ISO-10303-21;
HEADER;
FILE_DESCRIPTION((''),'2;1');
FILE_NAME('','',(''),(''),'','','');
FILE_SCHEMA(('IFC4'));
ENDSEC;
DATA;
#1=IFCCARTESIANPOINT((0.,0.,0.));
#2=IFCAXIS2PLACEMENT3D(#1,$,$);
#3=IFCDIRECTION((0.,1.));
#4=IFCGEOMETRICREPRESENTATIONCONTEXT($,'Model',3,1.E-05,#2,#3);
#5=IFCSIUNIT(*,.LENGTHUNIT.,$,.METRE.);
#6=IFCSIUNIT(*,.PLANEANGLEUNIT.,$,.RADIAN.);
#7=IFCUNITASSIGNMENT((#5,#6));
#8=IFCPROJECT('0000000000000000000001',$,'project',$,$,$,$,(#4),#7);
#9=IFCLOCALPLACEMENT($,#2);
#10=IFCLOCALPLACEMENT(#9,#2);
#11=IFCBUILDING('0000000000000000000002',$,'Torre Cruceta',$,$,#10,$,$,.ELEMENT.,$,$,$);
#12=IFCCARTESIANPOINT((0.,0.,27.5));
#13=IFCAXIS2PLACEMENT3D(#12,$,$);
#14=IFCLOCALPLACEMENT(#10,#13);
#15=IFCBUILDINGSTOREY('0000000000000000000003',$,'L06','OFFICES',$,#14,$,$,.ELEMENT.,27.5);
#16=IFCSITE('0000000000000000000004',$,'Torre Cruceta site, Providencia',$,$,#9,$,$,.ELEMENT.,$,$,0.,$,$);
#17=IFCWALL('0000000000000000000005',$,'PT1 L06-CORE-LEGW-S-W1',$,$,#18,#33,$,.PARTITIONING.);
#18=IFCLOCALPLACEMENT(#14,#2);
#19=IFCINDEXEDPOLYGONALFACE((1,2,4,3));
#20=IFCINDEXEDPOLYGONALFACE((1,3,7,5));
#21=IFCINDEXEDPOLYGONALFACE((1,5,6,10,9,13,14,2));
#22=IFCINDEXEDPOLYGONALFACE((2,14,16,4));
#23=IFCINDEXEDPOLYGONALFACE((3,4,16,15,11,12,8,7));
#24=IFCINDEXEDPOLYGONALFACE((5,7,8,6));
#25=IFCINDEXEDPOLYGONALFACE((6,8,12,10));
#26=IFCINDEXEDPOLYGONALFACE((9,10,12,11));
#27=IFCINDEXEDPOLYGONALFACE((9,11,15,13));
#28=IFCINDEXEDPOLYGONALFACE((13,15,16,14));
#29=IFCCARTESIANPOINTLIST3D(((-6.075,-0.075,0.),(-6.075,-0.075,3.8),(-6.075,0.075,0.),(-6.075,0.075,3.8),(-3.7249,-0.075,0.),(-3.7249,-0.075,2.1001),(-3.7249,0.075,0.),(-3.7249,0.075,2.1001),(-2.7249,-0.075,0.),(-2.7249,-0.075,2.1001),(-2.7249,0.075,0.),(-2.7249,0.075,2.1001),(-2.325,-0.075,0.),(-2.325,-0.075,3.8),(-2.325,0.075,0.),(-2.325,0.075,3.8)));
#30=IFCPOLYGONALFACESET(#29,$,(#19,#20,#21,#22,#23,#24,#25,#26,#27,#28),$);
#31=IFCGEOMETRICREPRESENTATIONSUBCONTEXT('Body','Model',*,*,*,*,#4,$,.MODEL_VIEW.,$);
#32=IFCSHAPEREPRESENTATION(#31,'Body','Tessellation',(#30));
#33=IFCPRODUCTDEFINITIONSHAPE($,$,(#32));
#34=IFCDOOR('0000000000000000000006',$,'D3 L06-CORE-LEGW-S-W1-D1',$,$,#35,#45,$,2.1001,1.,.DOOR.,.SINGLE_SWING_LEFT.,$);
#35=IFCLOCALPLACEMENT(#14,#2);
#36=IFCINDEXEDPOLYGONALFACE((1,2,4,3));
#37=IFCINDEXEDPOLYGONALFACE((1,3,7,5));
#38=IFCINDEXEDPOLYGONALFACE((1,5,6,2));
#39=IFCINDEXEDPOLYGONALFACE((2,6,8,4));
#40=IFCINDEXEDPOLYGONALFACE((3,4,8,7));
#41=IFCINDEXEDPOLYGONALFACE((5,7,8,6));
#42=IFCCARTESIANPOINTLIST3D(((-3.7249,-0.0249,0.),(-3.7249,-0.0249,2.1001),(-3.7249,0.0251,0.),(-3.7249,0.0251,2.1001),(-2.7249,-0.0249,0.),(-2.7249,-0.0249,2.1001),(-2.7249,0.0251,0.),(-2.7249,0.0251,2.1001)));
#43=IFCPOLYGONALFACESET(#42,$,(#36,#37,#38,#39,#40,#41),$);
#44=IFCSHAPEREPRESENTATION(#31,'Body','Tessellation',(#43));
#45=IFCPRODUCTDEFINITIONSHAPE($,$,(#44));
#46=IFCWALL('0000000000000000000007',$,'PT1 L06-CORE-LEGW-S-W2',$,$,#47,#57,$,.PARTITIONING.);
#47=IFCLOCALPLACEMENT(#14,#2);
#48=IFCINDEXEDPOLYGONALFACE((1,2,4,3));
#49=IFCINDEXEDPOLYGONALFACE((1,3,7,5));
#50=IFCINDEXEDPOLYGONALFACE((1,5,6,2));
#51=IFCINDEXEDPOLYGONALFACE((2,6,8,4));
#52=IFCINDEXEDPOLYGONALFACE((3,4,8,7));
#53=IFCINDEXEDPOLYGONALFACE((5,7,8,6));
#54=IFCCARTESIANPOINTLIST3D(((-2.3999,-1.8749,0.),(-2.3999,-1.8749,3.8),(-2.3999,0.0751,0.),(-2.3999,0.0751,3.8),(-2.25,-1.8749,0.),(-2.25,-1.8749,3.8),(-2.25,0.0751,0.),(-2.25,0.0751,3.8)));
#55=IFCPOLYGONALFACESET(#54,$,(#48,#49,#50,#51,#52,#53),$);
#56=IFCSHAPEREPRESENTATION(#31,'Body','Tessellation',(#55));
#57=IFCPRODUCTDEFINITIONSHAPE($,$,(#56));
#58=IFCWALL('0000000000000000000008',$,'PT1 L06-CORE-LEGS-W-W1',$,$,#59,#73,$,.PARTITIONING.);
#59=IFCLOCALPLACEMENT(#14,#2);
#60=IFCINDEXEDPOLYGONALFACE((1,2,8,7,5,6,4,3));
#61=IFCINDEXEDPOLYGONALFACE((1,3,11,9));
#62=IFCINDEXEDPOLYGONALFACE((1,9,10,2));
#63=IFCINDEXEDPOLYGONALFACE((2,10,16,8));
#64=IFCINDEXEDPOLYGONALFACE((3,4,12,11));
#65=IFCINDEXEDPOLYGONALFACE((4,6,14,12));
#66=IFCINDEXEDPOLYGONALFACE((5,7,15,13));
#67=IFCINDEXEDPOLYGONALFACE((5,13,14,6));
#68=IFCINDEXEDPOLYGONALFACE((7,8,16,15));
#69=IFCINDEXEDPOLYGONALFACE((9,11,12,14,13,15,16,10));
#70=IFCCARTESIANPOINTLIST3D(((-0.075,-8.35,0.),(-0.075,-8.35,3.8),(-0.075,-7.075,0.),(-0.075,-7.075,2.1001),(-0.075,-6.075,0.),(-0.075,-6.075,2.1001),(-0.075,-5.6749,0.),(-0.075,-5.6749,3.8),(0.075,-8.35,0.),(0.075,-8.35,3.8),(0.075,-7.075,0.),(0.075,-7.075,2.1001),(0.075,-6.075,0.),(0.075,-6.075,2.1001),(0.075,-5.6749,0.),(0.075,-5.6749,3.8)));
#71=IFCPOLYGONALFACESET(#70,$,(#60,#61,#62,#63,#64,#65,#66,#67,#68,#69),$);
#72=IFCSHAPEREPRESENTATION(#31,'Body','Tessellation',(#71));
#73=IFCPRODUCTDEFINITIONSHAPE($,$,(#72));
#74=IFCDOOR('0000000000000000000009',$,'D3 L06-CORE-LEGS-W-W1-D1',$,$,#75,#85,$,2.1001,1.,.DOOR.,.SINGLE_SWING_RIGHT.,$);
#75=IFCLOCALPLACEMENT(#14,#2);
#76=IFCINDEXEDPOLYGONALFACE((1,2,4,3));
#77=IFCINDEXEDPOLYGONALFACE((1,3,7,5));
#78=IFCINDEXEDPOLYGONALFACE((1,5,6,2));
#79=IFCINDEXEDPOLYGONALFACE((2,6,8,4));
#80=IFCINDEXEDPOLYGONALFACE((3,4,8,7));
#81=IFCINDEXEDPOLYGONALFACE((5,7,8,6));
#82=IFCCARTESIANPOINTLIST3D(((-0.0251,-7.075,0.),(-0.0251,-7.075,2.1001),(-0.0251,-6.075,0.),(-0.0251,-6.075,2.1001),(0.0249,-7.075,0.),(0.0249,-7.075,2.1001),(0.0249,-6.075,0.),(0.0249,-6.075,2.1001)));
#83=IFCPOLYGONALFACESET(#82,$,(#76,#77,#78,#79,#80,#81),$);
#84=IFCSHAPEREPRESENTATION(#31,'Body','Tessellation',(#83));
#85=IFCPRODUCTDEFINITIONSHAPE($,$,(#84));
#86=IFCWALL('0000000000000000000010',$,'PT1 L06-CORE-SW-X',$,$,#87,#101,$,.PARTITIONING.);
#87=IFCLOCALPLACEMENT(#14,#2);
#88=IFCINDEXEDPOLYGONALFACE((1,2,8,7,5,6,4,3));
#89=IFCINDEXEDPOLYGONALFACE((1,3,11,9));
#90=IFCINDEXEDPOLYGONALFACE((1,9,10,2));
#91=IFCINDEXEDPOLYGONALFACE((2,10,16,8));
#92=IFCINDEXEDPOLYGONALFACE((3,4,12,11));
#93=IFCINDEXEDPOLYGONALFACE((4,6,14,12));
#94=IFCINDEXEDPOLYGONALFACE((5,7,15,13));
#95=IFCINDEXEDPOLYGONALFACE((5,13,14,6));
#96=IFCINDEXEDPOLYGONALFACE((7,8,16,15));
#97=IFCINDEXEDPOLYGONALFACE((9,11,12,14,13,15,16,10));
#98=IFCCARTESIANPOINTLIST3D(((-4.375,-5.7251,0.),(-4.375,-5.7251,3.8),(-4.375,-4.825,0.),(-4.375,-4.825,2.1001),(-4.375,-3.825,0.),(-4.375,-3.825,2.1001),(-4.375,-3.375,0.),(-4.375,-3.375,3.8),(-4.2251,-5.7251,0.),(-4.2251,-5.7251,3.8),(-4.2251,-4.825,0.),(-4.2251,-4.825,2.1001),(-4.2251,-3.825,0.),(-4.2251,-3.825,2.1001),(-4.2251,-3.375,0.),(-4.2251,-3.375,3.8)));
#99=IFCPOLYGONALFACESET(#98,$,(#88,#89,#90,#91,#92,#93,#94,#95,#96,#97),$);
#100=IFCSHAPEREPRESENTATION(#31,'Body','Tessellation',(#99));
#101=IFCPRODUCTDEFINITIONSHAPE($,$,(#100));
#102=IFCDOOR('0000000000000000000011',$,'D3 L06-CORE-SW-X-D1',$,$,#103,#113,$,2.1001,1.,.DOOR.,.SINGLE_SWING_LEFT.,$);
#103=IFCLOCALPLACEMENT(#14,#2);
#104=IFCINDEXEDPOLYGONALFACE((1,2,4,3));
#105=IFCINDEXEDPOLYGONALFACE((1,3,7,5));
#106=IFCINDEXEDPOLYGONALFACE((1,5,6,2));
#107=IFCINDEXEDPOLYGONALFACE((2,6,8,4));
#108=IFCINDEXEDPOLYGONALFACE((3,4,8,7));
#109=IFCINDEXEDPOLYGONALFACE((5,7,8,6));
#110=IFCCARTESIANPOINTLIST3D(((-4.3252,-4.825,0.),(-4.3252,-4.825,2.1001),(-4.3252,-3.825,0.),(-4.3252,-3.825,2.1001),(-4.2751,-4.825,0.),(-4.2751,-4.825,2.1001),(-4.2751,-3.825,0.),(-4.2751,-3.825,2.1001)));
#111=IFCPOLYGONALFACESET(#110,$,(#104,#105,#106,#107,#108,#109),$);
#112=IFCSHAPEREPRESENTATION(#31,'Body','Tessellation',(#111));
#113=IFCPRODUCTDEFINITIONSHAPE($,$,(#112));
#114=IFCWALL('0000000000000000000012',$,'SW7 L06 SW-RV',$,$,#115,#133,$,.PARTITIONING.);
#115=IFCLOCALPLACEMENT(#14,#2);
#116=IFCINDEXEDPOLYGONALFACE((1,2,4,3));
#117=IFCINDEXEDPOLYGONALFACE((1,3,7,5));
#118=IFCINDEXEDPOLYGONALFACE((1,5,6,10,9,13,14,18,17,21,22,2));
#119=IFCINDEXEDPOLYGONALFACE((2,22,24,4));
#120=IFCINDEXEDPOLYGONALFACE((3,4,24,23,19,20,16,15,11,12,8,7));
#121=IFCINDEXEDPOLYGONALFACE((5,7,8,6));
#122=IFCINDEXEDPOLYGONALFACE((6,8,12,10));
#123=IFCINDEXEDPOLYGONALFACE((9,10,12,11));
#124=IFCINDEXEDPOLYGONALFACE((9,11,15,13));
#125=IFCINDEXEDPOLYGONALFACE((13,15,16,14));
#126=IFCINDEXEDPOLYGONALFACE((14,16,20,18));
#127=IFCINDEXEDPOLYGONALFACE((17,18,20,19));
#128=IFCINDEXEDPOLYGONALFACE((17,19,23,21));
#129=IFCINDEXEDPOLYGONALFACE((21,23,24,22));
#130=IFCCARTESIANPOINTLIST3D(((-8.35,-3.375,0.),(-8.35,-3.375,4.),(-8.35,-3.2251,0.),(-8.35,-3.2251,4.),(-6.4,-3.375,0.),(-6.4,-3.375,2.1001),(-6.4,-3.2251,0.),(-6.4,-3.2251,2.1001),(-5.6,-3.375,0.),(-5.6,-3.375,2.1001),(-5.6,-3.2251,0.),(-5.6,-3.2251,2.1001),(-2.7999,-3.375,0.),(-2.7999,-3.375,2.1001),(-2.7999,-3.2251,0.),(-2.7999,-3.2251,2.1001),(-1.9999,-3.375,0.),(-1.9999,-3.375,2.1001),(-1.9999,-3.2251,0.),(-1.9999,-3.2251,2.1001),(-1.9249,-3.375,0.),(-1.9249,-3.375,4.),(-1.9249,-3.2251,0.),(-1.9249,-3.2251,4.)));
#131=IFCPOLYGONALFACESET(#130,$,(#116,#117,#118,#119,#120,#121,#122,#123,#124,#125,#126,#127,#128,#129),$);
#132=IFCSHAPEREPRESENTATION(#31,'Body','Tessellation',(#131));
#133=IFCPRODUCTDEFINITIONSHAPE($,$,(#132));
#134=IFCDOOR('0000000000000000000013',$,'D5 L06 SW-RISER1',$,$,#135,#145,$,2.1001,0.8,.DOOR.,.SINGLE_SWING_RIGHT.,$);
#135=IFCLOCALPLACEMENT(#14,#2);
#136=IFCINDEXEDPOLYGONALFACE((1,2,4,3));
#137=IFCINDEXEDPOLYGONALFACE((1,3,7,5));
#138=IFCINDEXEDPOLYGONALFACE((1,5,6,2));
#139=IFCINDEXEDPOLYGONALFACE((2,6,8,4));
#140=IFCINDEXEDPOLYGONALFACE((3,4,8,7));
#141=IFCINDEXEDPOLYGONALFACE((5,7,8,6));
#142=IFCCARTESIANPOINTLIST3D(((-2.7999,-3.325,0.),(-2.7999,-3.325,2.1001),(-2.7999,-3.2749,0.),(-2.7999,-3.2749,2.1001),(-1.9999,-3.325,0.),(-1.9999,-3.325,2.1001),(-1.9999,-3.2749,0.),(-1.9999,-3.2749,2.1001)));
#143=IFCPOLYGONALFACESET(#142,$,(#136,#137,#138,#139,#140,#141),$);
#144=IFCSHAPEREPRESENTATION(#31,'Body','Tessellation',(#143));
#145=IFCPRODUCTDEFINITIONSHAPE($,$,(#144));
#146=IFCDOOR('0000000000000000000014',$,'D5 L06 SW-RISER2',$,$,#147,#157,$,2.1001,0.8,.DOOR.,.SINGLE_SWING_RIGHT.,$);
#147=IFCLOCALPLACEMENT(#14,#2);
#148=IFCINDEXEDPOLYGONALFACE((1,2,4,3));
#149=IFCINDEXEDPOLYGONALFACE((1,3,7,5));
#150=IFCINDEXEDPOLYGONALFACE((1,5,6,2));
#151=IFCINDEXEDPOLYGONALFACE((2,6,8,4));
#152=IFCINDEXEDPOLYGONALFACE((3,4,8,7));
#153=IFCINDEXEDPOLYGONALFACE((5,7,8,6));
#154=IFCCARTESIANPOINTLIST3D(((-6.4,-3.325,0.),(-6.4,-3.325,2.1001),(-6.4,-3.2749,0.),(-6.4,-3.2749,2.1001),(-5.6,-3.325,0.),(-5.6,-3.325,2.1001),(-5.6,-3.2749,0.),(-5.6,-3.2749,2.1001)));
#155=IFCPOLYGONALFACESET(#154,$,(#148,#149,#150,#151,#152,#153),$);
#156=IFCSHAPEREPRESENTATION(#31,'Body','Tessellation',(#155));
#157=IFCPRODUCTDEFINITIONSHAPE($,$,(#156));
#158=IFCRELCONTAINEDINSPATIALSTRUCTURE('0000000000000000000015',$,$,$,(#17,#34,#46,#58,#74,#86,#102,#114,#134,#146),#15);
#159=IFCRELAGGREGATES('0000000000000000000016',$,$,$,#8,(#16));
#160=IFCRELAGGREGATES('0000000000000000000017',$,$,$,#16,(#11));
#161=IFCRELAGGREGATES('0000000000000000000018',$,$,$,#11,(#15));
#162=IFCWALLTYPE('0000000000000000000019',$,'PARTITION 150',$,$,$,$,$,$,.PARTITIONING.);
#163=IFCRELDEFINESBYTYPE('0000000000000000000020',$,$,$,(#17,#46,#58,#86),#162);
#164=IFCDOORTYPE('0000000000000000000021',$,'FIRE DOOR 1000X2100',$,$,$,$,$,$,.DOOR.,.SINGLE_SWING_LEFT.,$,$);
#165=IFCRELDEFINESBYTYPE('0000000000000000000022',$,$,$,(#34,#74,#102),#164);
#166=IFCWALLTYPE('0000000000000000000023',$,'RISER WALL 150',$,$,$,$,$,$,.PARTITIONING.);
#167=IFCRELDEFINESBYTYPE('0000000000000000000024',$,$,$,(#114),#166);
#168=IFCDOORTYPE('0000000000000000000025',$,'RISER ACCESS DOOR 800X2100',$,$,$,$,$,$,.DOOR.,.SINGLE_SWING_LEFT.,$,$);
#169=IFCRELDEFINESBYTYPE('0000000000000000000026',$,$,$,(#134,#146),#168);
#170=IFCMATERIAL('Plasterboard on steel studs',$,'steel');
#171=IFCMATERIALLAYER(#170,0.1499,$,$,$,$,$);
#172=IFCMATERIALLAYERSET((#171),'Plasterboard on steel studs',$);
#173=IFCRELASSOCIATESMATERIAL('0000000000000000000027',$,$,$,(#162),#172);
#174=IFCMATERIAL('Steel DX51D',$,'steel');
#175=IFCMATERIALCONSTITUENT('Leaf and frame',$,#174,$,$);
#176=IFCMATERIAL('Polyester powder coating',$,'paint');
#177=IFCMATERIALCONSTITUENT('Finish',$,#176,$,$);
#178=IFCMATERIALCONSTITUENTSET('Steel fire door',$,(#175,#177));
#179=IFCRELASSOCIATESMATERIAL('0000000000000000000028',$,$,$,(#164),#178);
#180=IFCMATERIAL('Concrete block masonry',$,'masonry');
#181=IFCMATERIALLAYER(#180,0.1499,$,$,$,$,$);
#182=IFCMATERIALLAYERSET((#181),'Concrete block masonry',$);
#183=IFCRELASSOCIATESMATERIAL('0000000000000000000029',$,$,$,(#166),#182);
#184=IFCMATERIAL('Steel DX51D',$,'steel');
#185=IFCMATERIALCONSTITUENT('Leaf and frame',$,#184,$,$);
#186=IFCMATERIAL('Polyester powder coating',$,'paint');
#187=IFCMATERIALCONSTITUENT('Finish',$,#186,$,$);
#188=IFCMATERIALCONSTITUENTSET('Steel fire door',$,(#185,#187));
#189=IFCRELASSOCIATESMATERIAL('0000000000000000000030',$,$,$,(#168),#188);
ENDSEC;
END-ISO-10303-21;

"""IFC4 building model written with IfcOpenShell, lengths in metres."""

from ifc_helpers import new_model, si_unit, direction, frame, frame_2d, origin, place, context, subcontext, project, spatial, rectangle, extrude, material, layer, layer_set, constituent, constituent_set, type_object, element, fill, save


model = new_model("IFC4")

# Units and contexts
model_context = context("Model", 3, precision=1e-05, world=origin(), true_north=direction((0.0, 1.0)))
body_context = subcontext(model_context, "Body", "Model", "MODEL_VIEW")
ifc_project = project(units=[si_unit("LENGTHUNIT", "METRE"), si_unit("PLANEANGLEUNIT", "RADIAN")], contexts=[model_context])

# Site, building, storey
site_placement = place(None, origin())
site = spatial("IfcSite", under=ifc_project, at=site_placement, Name="Torre Cruceta site, Providencia", CompositionType="ELEMENT", RefElevation=0.0)
building_placement = place(site_placement, origin())
building = spatial("IfcBuilding", under=site, at=building_placement, Name="Torre Cruceta", CompositionType="ELEMENT")
storey_placement = place(building_placement, frame((0.0, 0.0, 27.5)))
storey = spatial("IfcBuildingStorey", under=building, at=storey_placement, Name="L06", Description="OFFICES", CompositionType="ELEMENT", Elevation=27.5)

# Wall, opening, door
ifc_material_1 = material(Name="Plasterboard on steel studs", Category="steel")
ifc_layer_1 = layer(ifc_material_1, 0.1499)
ifc_layer_set_1 = layer_set([ifc_layer_1], Name="Plasterboard on steel studs")
wall_type_1 = type_object("IfcWallType", Name="PARTITION 150", PredefinedType="PARTITIONING", material=ifc_layer_set_1)
wall_1_placement = place(storey_placement, frame((-2.325, 0.0, 0.0), z_axis=(0.0, 0.0, 1.0), x_axis=(-1.0, 0.0, 0.0)))
wall_1 = element("IfcWall", 1, at=wall_1_placement, inside=storey, type_object=wall_type_1, Name="PT1 L06-CORE-LEGW-S-W1", PredefinedType="PARTITIONING", context=body_context, shape_type="SweptSolid", body=[
    extrude(rectangle(XDim=3.75, YDim=0.1499, at=frame_2d((1.875, 0.0))), origin(), (0.0, 0.0, 1.0), 3.8),
])
opening_1_placement = place(wall_1_placement, frame((0.3999, 0.0, 0.0)))
opening_1 = element("IfcOpeningElement", 2, at=opening_1_placement, cuts=wall_1, PredefinedType="OPENING", context=body_context, shape_type="SweptSolid", body=[
    extrude(rectangle(XDim=1.0, YDim=2.1001, at=frame_2d((0.5, 1.05))), frame((0.0, 0.085, 0.0), z_axis=(0.0, -1.0, 0.0), x_axis=(1.0, 0.0, 0.0)), (0.0, 0.0, 1.0), 0.1699),
])
ifc_material_2 = material(Name="Steel DX51D", Category="steel")
ifc_constituent_1 = constituent(ifc_material_2, Name="Leaf and frame")
ifc_material_3 = material(Name="Polyester powder coating", Category="paint")
ifc_constituent_2 = constituent(ifc_material_3, Name="Finish")
ifc_constituent_set_1 = constituent_set(constituents=[ifc_constituent_1, ifc_constituent_2], Name="Steel fire door")
door_type_1 = type_object("IfcDoorType", Name="FIRE DOOR 1000X2100", OperationType="SINGLE_SWING_LEFT", PredefinedType="DOOR", material=ifc_constituent_set_1)
door_1_placement = place(opening_1_placement, origin())
door_1 = element("IfcDoor", 3, at=door_1_placement, inside=storey, type_object=door_type_1, Name="D3 L06-CORE-LEGW-S-W1-D1", OperationType="SINGLE_SWING_LEFT", OverallHeight=2.1001, OverallWidth=1.0, PredefinedType="DOOR", context=body_context, shape_type="SweptSolid", body=[
    extrude(rectangle(XDim=1.0, YDim=2.1001, at=frame_2d((0.5, 1.05))), frame((0.0, 0.0249, 0.0), z_axis=(0.0, -1.0, 0.0), x_axis=(1.0, 0.0, 0.0)), (0.0, 0.0, 1.0), 0.05),
])
fill(opening_1, door_1)

# Wall
wall_2_placement = place(storey_placement, frame((-2.325, -1.875, 0.0), z_axis=(0.0, 0.0, 1.0), x_axis=(0.0, 1.0, 0.0)))
element("IfcWall", 4, at=wall_2_placement, inside=storey, type_object=wall_type_1, Name="PT1 L06-CORE-LEGW-S-W2", PredefinedType="PARTITIONING", context=body_context, shape_type="SweptSolid", body=[
    extrude(rectangle(XDim=1.95, YDim=0.1499, at=frame_2d((0.9751, 0.0))), origin(), (0.0, 0.0, 1.0), 3.8),
])

# Walls, openings, doors
wall_3_placement = place(storey_placement, frame((0.0, -5.675, 0.0), z_axis=(0.0, 0.0, 1.0), x_axis=(0.0, -1.0, 0.0)))
wall_3 = element("IfcWall", 5, at=wall_3_placement, inside=storey, type_object=wall_type_1, Name="PT1 L06-CORE-LEGS-W-W1", PredefinedType="PARTITIONING", context=body_context, shape_type="SweptSolid", body=[
    extrude(rectangle(XDim=2.675, YDim=0.1499, at=frame_2d((1.3374, 0.0))), origin(), (0.0, 0.0, 1.0), 3.8),
])
opening_2_placement = place(wall_3_placement, frame((0.3999, 0.0, 0.0)))
opening_2 = element("IfcOpeningElement", 6, at=opening_2_placement, cuts=wall_3, PredefinedType="OPENING", context=body_context, shape_type="SweptSolid", body=[
    extrude(rectangle(XDim=1.0, YDim=2.1001, at=frame_2d((0.5, 1.05))), frame((0.0, 0.085, 0.0), z_axis=(0.0, -1.0, 0.0), x_axis=(1.0, 0.0, 0.0)), (0.0, 0.0, 1.0), 0.1699),
])
door_2_placement = place(opening_2_placement, frame((1.0, 0.0, 0.0), z_axis=(0.0, 0.0, 1.0), x_axis=(-1.0, 0.0, 0.0)))
door_2 = element("IfcDoor", 7, at=door_2_placement, inside=storey, type_object=door_type_1, Name="D3 L06-CORE-LEGS-W-W1-D1", OperationType="SINGLE_SWING_RIGHT", OverallHeight=2.1001, OverallWidth=1.0, PredefinedType="DOOR", context=body_context, shape_type="SweptSolid", body=[
    extrude(rectangle(XDim=1.0, YDim=2.1001, at=frame_2d((0.5, 1.05))), frame((0.0, 0.0251, 0.0), z_axis=(0.0, -1.0, 0.0), x_axis=(1.0, 0.0, 0.0)), (0.0, 0.0, 1.0), 0.05),
])
fill(opening_2, door_2)
wall_4_placement = place(storey_placement, frame((-4.3, -3.375, 0.0), z_axis=(0.0, 0.0, 1.0), x_axis=(0.0, -1.0, 0.0)))
wall_4 = element("IfcWall", 8, at=wall_4_placement, inside=storey, type_object=wall_type_1, Name="PT1 L06-CORE-SW-X", PredefinedType="PARTITIONING", context=body_context, shape_type="SweptSolid", body=[
    extrude(rectangle(XDim=2.3501, YDim=0.1499, at=frame_2d((1.175, 0.0))), origin(), (0.0, 0.0, 1.0), 3.8),
])
opening_3_placement = place(wall_4_placement, frame((0.45, 0.0, 0.0)))
opening_3 = element("IfcOpeningElement", 9, at=opening_3_placement, cuts=wall_4, PredefinedType="OPENING", context=body_context, shape_type="SweptSolid", body=[
    extrude(rectangle(XDim=1.0, YDim=2.1001, at=frame_2d((0.5, 1.05))), frame((0.0, 0.085, 0.0), z_axis=(0.0, -1.0, 0.0), x_axis=(1.0, 0.0, 0.0)), (0.0, 0.0, 1.0), 0.1699),
])
door_3_placement = place(opening_3_placement, origin())
door_3 = element("IfcDoor", 10, at=door_3_placement, inside=storey, type_object=door_type_1, Name="D3 L06-CORE-SW-X-D1", OperationType="SINGLE_SWING_LEFT", OverallHeight=2.1001, OverallWidth=1.0, PredefinedType="DOOR", context=body_context, shape_type="SweptSolid", body=[
    extrude(rectangle(XDim=1.0, YDim=2.1001, at=frame_2d((0.5, 1.05))), frame((0.0, 0.0249, 0.0), z_axis=(0.0, -1.0, 0.0), x_axis=(1.0, 0.0, 0.0)), (0.0, 0.0, 1.0), 0.05),
])
fill(opening_3, door_3)

# Wall, openings, doors
ifc_material_4 = material(Name="Concrete block masonry", Category="masonry")
ifc_layer_2 = layer(ifc_material_4, 0.1499)
ifc_layer_set_2 = layer_set([ifc_layer_2], Name="Concrete block masonry")
wall_type_2 = type_object("IfcWallType", Name="RISER WALL 150", PredefinedType="PARTITIONING", material=ifc_layer_set_2)
wall_5_placement = place(storey_placement, frame((-1.925, -3.3, 0.0), z_axis=(0.0, 0.0, 1.0), x_axis=(-1.0, 0.0, 0.0)))
wall_5 = element("IfcWall", 11, at=wall_5_placement, inside=storey, type_object=wall_type_2, Name="SW7 L06 SW-RV", PredefinedType="PARTITIONING", context=body_context, shape_type="SweptSolid", body=[
    extrude(rectangle(XDim=6.425, YDim=0.1499, at=frame_2d((3.2124, 0.0))), origin(), (0.0, 0.0, 1.0), 4.0),
])
opening_4_placement = place(wall_5_placement, frame((0.075, 0.0, 0.0)))
opening_4 = element("IfcOpeningElement", 12, at=opening_4_placement, cuts=wall_5, PredefinedType="OPENING", context=body_context, shape_type="SweptSolid", body=[
    extrude(rectangle(XDim=0.8, YDim=2.1001, at=frame_2d((0.3999, 1.05))), frame((0.0, 0.085, 0.0), z_axis=(0.0, -1.0, 0.0), x_axis=(1.0, 0.0, 0.0)), (0.0, 0.0, 1.0), 0.1699),
])
opening_5_placement = place(wall_5_placement, frame((3.675, 0.0, 0.0)))
opening_5 = element("IfcOpeningElement", 13, at=opening_5_placement, cuts=wall_5, PredefinedType="OPENING", context=body_context, shape_type="SweptSolid", body=[
    extrude(rectangle(XDim=0.8, YDim=2.1001, at=frame_2d((0.3999, 1.05))), frame((0.0, 0.085, 0.0), z_axis=(0.0, -1.0, 0.0), x_axis=(1.0, 0.0, 0.0)), (0.0, 0.0, 1.0), 0.1699),
])
ifc_material_5 = material(Name="Steel DX51D", Category="steel")
ifc_constituent_3 = constituent(ifc_material_5, Name="Leaf and frame")
ifc_material_6 = material(Name="Polyester powder coating", Category="paint")
ifc_constituent_4 = constituent(ifc_material_6, Name="Finish")
ifc_constituent_set_2 = constituent_set(constituents=[ifc_constituent_3, ifc_constituent_4], Name="Steel fire door")
door_type_2 = type_object("IfcDoorType", Name="RISER ACCESS DOOR 800X2100", OperationType="SINGLE_SWING_LEFT", PredefinedType="DOOR", material=ifc_constituent_set_2)
door_4_placement = place(opening_4_placement, frame((0.8, 0.0, 0.0), z_axis=(0.0, 0.0, 1.0), x_axis=(-1.0, 0.0, 0.0)))
door_4 = element("IfcDoor", 14, at=door_4_placement, inside=storey, type_object=door_type_2, Name="D5 L06 SW-RISER1", OperationType="SINGLE_SWING_RIGHT", OverallHeight=2.1001, OverallWidth=0.8, PredefinedType="DOOR", context=body_context, shape_type="SweptSolid", body=[
    extrude(rectangle(XDim=0.8, YDim=2.1001, at=frame_2d((0.4001, 1.05))), frame((0.0, 0.0251, 0.0), z_axis=(0.0, -1.0, 0.0), x_axis=(1.0, 0.0, 0.0)), (0.0, 0.0, 1.0), 0.05),
])
fill(opening_4, door_4)
door_5_placement = place(opening_5_placement, frame((0.8, 0.0, 0.0), z_axis=(0.0, 0.0, 1.0), x_axis=(-1.0, 0.0, 0.0)))
door_5 = element("IfcDoor", 15, at=door_5_placement, inside=storey, type_object=door_type_2, Name="D5 L06 SW-RISER2", OperationType="SINGLE_SWING_RIGHT", OverallHeight=2.1001, OverallWidth=0.8, PredefinedType="DOOR", context=body_context, shape_type="SweptSolid", body=[
    extrude(rectangle(XDim=0.8, YDim=2.1001, at=frame_2d((0.4001, 1.05))), frame((0.0, 0.0251, 0.0), z_axis=(0.0, -1.0, 0.0), x_axis=(1.0, 0.0, 0.0)), (0.0, 0.0, 1.0), 0.05),
])
fill(opening_5, door_5)

save(model, "model.ifc")
